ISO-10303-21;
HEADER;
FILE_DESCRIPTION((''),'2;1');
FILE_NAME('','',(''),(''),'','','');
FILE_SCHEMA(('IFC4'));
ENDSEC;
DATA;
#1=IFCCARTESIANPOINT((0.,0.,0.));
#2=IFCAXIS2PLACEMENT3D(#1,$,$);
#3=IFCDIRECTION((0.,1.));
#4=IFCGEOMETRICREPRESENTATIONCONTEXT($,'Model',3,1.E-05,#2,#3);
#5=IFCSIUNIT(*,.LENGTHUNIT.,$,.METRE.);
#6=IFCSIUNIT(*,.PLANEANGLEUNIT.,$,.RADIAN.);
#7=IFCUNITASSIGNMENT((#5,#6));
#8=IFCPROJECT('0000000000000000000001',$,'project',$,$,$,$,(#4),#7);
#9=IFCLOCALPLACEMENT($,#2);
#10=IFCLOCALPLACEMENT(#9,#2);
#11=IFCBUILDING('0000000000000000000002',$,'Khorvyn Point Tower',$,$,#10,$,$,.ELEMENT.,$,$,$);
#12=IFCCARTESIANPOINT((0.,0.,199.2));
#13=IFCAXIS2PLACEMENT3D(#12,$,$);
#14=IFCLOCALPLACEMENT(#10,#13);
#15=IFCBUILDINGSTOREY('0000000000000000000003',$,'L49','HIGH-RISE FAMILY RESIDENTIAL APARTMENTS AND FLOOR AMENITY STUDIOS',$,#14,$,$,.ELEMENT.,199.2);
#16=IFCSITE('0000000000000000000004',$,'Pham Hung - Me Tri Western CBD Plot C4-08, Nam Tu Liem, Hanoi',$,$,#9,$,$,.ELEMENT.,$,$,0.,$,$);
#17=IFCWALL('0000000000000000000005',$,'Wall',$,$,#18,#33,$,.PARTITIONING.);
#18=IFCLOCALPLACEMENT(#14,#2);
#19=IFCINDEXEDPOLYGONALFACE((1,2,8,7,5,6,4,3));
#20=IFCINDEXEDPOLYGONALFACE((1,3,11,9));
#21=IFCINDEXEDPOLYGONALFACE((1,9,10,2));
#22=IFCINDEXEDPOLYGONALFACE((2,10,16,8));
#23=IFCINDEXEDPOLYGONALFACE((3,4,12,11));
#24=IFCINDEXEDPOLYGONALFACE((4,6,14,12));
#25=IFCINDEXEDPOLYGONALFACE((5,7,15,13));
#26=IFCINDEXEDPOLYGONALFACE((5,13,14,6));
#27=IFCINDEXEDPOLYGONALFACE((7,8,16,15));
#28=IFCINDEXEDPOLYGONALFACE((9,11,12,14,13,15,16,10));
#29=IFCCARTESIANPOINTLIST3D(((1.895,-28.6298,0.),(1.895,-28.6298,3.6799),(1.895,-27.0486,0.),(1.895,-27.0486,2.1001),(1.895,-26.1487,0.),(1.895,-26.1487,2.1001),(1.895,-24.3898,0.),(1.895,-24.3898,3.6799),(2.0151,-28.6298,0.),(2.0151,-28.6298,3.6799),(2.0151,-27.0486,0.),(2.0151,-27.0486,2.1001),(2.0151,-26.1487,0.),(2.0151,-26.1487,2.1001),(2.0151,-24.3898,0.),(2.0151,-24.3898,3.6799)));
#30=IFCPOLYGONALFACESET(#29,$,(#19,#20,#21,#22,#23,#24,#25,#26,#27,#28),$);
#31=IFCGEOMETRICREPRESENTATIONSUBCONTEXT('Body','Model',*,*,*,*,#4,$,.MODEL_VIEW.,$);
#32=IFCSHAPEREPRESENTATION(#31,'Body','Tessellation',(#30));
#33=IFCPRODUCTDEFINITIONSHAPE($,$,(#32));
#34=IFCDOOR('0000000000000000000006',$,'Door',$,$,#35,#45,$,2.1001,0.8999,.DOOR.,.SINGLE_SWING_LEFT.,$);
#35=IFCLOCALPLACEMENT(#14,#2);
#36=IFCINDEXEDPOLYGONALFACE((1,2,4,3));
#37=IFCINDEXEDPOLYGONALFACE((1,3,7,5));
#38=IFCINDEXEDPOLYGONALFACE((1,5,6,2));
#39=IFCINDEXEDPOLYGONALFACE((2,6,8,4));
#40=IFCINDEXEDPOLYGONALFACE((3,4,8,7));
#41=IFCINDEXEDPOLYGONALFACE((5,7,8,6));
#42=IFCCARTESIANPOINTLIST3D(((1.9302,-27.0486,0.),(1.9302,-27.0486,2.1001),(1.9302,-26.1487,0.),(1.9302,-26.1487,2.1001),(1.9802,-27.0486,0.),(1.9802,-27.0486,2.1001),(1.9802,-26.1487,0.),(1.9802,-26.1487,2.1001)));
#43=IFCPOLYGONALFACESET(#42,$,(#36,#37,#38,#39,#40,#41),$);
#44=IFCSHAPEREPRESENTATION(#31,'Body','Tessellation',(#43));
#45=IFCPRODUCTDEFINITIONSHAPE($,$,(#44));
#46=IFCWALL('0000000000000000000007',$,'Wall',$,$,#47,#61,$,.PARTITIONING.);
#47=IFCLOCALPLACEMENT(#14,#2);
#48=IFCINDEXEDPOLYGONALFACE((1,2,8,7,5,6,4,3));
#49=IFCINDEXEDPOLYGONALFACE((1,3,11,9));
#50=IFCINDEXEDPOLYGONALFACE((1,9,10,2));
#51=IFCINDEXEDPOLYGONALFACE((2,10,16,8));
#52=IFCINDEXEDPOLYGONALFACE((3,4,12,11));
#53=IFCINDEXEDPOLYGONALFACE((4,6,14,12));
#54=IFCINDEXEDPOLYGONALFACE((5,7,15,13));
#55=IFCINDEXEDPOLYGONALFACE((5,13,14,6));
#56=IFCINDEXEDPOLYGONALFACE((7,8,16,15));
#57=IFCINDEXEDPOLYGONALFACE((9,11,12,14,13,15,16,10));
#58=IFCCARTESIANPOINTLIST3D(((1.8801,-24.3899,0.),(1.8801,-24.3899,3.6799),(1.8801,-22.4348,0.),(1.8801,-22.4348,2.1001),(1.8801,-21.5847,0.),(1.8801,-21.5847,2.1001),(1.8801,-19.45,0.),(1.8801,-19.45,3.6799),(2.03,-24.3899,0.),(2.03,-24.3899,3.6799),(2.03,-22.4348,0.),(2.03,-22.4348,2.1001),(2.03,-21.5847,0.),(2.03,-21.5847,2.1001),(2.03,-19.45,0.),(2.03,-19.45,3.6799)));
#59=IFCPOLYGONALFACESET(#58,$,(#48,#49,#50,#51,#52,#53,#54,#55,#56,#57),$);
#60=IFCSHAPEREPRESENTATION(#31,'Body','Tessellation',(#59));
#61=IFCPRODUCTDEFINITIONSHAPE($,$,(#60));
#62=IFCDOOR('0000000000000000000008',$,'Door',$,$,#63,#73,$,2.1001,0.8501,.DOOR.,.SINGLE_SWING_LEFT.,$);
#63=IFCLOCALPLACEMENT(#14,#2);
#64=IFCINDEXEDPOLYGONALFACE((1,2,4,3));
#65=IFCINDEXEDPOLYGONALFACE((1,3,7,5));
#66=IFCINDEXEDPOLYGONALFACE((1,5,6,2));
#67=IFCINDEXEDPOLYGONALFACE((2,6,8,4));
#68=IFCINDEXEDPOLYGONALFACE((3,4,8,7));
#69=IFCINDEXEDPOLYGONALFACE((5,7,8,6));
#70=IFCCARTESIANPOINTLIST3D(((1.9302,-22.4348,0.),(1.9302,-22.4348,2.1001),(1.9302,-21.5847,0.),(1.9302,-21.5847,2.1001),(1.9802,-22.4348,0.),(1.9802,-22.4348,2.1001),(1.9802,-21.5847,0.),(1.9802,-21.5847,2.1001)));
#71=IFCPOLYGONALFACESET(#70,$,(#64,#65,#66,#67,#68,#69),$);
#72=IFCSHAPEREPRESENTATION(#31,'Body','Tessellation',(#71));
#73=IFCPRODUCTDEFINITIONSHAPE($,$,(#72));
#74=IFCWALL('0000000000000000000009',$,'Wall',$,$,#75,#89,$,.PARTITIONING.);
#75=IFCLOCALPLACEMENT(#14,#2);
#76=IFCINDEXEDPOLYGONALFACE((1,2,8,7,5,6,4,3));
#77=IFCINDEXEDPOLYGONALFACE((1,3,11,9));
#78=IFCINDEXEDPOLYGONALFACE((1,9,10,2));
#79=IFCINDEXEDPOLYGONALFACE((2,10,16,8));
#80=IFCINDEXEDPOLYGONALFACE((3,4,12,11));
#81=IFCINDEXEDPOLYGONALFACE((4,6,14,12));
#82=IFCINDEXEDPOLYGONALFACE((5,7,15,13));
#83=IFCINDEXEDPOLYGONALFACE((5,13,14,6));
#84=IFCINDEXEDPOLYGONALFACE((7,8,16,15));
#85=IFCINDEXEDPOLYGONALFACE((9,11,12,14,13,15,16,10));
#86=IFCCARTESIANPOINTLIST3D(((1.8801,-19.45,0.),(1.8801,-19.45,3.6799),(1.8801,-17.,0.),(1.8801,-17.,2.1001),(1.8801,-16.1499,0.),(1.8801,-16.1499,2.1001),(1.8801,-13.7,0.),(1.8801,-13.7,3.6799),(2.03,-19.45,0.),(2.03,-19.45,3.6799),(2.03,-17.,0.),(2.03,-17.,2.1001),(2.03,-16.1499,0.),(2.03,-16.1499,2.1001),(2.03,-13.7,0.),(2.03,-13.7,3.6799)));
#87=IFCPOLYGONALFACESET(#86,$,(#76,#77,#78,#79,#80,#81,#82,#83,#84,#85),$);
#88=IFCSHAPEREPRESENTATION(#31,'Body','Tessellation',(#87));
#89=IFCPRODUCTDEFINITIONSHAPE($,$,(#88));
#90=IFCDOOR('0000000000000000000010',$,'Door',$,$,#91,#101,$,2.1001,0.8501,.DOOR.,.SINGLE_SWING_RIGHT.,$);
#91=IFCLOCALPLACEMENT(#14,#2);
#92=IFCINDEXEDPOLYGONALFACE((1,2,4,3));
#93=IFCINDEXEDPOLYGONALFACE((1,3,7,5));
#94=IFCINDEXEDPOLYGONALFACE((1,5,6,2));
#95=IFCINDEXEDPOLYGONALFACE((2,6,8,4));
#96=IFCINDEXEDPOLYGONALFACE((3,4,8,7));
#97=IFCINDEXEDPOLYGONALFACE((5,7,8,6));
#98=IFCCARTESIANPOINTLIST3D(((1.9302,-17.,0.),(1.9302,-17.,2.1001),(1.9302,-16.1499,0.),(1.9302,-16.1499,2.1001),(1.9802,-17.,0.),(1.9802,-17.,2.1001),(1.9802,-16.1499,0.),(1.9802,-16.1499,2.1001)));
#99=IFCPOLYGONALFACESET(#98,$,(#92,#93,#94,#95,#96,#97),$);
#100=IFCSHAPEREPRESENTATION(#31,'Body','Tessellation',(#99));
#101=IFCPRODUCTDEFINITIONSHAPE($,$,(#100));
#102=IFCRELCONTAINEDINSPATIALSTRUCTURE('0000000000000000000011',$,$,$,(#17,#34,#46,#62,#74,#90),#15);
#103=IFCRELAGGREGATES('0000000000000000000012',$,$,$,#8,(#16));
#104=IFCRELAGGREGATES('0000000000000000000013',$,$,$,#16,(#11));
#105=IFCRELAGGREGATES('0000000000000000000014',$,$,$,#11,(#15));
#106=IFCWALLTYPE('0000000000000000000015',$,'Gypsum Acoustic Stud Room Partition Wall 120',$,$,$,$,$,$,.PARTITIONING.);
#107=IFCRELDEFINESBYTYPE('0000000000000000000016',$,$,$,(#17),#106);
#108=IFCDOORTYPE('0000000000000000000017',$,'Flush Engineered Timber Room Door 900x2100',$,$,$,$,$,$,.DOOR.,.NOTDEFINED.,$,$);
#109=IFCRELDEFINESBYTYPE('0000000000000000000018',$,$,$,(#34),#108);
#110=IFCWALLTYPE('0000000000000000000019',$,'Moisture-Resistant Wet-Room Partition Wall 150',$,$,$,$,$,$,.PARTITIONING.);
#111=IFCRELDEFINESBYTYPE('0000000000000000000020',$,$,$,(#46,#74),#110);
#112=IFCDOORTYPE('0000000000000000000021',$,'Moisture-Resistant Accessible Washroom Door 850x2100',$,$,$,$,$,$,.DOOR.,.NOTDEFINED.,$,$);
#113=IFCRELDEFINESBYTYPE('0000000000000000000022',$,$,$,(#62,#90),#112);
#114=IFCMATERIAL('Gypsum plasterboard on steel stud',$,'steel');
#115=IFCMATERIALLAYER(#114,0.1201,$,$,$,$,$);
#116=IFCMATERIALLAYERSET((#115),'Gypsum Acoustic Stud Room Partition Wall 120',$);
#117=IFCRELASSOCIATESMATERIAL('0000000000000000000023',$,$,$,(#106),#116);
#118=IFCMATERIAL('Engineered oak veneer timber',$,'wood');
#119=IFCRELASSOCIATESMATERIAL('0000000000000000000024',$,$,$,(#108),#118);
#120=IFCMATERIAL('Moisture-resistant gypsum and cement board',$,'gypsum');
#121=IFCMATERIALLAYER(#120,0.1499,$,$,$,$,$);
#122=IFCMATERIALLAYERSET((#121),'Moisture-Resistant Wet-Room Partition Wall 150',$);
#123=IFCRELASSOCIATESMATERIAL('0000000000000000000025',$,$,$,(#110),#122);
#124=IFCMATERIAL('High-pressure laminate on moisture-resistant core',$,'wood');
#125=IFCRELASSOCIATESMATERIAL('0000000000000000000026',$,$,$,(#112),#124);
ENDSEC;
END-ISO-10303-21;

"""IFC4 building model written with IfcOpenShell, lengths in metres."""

from ifc_helpers import new_model, si_unit, direction, frame, frame_2d, origin, place, context, subcontext, project, spatial, rectangle, extrude, material, layer, layer_set, type_object, element, fill, save


model = new_model("IFC4")

# Units and contexts
model_context = context("Model", 3, precision=1e-05, world=origin(), true_north=direction((0.0, 1.0)))
body_context = subcontext(model_context, "Body", "Model", "MODEL_VIEW")
ifc_project = project(units=[si_unit("LENGTHUNIT", "METRE"), si_unit("PLANEANGLEUNIT", "RADIAN")], contexts=[model_context])

# Site, building, storey
site_placement = place(None, origin())
site = spatial("IfcSite", under=ifc_project, at=site_placement, Name="Pham Hung - Me Tri Western CBD Plot C4-08, Nam Tu Liem, Hanoi", CompositionType="ELEMENT", RefElevation=0.0)
building_placement = place(site_placement, origin())
building = spatial("IfcBuilding", under=site, at=building_placement, Name="Khorvyn Point Tower", CompositionType="ELEMENT")
storey_placement = place(building_placement, frame((0.0, 0.0, 199.2)))
storey = spatial("IfcBuildingStorey", under=building, at=storey_placement, Name="L49", Description="HIGH-RISE FAMILY RESIDENTIAL APARTMENTS AND FLOOR AMENITY STUDIOS", CompositionType="ELEMENT", Elevation=199.2)

# Walls, openings, doors
ifc_material_1 = material(Name="Gypsum plasterboard on steel stud", Category="steel")
ifc_layer_1 = layer(ifc_material_1, 0.1201)
ifc_layer_set_1 = layer_set([ifc_layer_1], Name="Gypsum Acoustic Stud Room Partition Wall 120")
wall_type_1 = type_object("IfcWallType", Name="Gypsum Acoustic Stud Room Partition Wall 120", PredefinedType="PARTITIONING", material=ifc_layer_set_1)
ifc_material_2 = material(Name="Engineered oak veneer timber", Category="wood")
door_type_1 = type_object("IfcDoorType", Name="Flush Engineered Timber Room Door 900x2100", OperationType="NOTDEFINED", PredefinedType="DOOR", material=ifc_material_2)
wall_1_placement = place(storey_placement, frame((1.9551, -28.6299, 0.0), z_axis=(0.0, 0.0, 1.0), x_axis=(0.0, 1.0, 0.0)))
wall_1 = element("IfcWall", 1, at=wall_1_placement, inside=storey, type_object=wall_type_1, Name="Wall", PredefinedType="PARTITIONING", context=body_context, shape_type="SweptSolid", body=[
    extrude(rectangle(XDim=4.24, YDim=0.1201, at=frame_2d((2.1201, 0.0))), origin(), (0.0, 0.0, 1.0), 3.6799),
])
opening_1_placement = place(wall_1_placement, frame((1.5813, 0.0, 0.0)))
opening_1 = element("IfcOpeningElement", 2, at=opening_1_placement, cuts=wall_1, PredefinedType="OPENING", context=body_context, shape_type="SweptSolid", body=[
    extrude(rectangle(XDim=0.8999, YDim=2.1001, at=frame_2d((0.45, 1.05))), frame((0.0, 0.0701, 0.0), z_axis=(0.0, -1.0, 0.0), x_axis=(1.0, 0.0, 0.0)), (0.0, 0.0, 1.0), 0.1401),
])
door_1_placement = place(opening_1_placement, origin())
door_1 = element("IfcDoor", 3, at=door_1_placement, inside=storey, type_object=door_type_1, Name="Door", OperationType="SINGLE_SWING_LEFT", OverallHeight=2.1001, OverallWidth=0.8999, PredefinedType="DOOR", context=body_context, shape_type="SweptSolid", body=[
    extrude(rectangle(XDim=0.8999, YDim=2.1001, at=frame_2d((0.45, 1.05))), frame((0.0, 0.0249, 0.0), z_axis=(0.0, -1.0, 0.0), x_axis=(1.0, 0.0, 0.0)), (0.0, 0.0, 1.0), 0.05),
])
fill(opening_1, door_1)
ifc_material_3 = material(Name="Moisture-resistant gypsum and cement board", Category="gypsum")
ifc_layer_2 = layer(ifc_material_3, 0.1499)
ifc_layer_set_2 = layer_set([ifc_layer_2], Name="Moisture-Resistant Wet-Room Partition Wall 150")
wall_type_2 = type_object("IfcWallType", Name="Moisture-Resistant Wet-Room Partition Wall 150", PredefinedType="PARTITIONING", material=ifc_layer_set_2)
wall_2_placement = place(storey_placement, frame((1.9551, -24.3899, 0.0), z_axis=(0.0, 0.0, 1.0), x_axis=(0.0, 1.0, 0.0)))
wall_2 = element("IfcWall", 4, at=wall_2_placement, inside=storey, type_object=wall_type_2, Name="Wall", PredefinedType="PARTITIONING", context=body_context, shape_type="SweptSolid", body=[
    extrude(rectangle(XDim=4.9399, YDim=0.1499, at=frame_2d((2.47, 0.0))), origin(), (0.0, 0.0, 1.0), 3.6799),
])
opening_2_placement = place(wall_2_placement, frame((1.9551, 0.0, 0.0)))
opening_2 = element("IfcOpeningElement", 5, at=opening_2_placement, cuts=wall_2, PredefinedType="OPENING", context=body_context, shape_type="SweptSolid", body=[
    extrude(rectangle(XDim=0.8501, YDim=2.1001, at=frame_2d((0.425, 1.05))), frame((0.0, 0.085, 0.0), z_axis=(0.0, -1.0, 0.0), x_axis=(1.0, 0.0, 0.0)), (0.0, 0.0, 1.0), 0.1699),
])
ifc_material_4 = material(Name="High-pressure laminate on moisture-resistant core", Category="wood")
door_type_2 = type_object("IfcDoorType", Name="Moisture-Resistant Accessible Washroom Door 850x2100", OperationType="NOTDEFINED", PredefinedType="DOOR", material=ifc_material_4)
door_2_placement = place(opening_2_placement, origin())
door_2 = element("IfcDoor", 6, at=door_2_placement, inside=storey, type_object=door_type_2, Name="Door", OperationType="SINGLE_SWING_LEFT", OverallHeight=2.1001, OverallWidth=0.8501, PredefinedType="DOOR", context=body_context, shape_type="SweptSolid", body=[
    extrude(rectangle(XDim=0.8501, YDim=2.1001, at=frame_2d((0.425, 1.05))), frame((0.0, 0.0249, 0.0), z_axis=(0.0, -1.0, 0.0), x_axis=(1.0, 0.0, 0.0)), (0.0, 0.0, 1.0), 0.05),
])
fill(opening_2, door_2)
wall_3_placement = place(storey_placement, frame((1.9551, -19.45, 0.0), z_axis=(0.0, 0.0, 1.0), x_axis=(0.0, 1.0, 0.0)))
wall_3 = element("IfcWall", 7, at=wall_3_placement, inside=storey, type_object=wall_type_2, Name="Wall", PredefinedType="PARTITIONING", context=body_context, shape_type="SweptSolid", body=[
    extrude(rectangle(XDim=5.75, YDim=0.1499, at=frame_2d((2.875, 0.0))), origin(), (0.0, 0.0, 1.0), 3.6799),
])
opening_3_placement = place(wall_3_placement, frame((2.45, 0.0, 0.0)))
opening_3 = element("IfcOpeningElement", 8, at=opening_3_placement, cuts=wall_3, PredefinedType="OPENING", context=body_context, shape_type="SweptSolid", body=[
    extrude(rectangle(XDim=0.8501, YDim=2.1001, at=frame_2d((0.425, 1.05))), frame((0.0, 0.085, 0.0), z_axis=(0.0, -1.0, 0.0), x_axis=(1.0, 0.0, 0.0)), (0.0, 0.0, 1.0), 0.1699),
])
door_3_placement = place(opening_3_placement, origin())
door_3 = element("IfcDoor", 9, at=door_3_placement, inside=storey, type_object=door_type_2, Name="Door", OperationType="SINGLE_SWING_RIGHT", OverallHeight=2.1001, OverallWidth=0.8501, PredefinedType="DOOR", context=body_context, shape_type="SweptSolid", body=[
    extrude(rectangle(XDim=0.8501, YDim=2.1001, at=frame_2d((0.425, 1.05))), frame((0.0, 0.0249, 0.0), z_axis=(0.0, -1.0, 0.0), x_axis=(1.0, 0.0, 0.0)), (0.0, 0.0, 1.0), 0.05),
])
fill(opening_3, door_3)

save(model, "model.ifc")
